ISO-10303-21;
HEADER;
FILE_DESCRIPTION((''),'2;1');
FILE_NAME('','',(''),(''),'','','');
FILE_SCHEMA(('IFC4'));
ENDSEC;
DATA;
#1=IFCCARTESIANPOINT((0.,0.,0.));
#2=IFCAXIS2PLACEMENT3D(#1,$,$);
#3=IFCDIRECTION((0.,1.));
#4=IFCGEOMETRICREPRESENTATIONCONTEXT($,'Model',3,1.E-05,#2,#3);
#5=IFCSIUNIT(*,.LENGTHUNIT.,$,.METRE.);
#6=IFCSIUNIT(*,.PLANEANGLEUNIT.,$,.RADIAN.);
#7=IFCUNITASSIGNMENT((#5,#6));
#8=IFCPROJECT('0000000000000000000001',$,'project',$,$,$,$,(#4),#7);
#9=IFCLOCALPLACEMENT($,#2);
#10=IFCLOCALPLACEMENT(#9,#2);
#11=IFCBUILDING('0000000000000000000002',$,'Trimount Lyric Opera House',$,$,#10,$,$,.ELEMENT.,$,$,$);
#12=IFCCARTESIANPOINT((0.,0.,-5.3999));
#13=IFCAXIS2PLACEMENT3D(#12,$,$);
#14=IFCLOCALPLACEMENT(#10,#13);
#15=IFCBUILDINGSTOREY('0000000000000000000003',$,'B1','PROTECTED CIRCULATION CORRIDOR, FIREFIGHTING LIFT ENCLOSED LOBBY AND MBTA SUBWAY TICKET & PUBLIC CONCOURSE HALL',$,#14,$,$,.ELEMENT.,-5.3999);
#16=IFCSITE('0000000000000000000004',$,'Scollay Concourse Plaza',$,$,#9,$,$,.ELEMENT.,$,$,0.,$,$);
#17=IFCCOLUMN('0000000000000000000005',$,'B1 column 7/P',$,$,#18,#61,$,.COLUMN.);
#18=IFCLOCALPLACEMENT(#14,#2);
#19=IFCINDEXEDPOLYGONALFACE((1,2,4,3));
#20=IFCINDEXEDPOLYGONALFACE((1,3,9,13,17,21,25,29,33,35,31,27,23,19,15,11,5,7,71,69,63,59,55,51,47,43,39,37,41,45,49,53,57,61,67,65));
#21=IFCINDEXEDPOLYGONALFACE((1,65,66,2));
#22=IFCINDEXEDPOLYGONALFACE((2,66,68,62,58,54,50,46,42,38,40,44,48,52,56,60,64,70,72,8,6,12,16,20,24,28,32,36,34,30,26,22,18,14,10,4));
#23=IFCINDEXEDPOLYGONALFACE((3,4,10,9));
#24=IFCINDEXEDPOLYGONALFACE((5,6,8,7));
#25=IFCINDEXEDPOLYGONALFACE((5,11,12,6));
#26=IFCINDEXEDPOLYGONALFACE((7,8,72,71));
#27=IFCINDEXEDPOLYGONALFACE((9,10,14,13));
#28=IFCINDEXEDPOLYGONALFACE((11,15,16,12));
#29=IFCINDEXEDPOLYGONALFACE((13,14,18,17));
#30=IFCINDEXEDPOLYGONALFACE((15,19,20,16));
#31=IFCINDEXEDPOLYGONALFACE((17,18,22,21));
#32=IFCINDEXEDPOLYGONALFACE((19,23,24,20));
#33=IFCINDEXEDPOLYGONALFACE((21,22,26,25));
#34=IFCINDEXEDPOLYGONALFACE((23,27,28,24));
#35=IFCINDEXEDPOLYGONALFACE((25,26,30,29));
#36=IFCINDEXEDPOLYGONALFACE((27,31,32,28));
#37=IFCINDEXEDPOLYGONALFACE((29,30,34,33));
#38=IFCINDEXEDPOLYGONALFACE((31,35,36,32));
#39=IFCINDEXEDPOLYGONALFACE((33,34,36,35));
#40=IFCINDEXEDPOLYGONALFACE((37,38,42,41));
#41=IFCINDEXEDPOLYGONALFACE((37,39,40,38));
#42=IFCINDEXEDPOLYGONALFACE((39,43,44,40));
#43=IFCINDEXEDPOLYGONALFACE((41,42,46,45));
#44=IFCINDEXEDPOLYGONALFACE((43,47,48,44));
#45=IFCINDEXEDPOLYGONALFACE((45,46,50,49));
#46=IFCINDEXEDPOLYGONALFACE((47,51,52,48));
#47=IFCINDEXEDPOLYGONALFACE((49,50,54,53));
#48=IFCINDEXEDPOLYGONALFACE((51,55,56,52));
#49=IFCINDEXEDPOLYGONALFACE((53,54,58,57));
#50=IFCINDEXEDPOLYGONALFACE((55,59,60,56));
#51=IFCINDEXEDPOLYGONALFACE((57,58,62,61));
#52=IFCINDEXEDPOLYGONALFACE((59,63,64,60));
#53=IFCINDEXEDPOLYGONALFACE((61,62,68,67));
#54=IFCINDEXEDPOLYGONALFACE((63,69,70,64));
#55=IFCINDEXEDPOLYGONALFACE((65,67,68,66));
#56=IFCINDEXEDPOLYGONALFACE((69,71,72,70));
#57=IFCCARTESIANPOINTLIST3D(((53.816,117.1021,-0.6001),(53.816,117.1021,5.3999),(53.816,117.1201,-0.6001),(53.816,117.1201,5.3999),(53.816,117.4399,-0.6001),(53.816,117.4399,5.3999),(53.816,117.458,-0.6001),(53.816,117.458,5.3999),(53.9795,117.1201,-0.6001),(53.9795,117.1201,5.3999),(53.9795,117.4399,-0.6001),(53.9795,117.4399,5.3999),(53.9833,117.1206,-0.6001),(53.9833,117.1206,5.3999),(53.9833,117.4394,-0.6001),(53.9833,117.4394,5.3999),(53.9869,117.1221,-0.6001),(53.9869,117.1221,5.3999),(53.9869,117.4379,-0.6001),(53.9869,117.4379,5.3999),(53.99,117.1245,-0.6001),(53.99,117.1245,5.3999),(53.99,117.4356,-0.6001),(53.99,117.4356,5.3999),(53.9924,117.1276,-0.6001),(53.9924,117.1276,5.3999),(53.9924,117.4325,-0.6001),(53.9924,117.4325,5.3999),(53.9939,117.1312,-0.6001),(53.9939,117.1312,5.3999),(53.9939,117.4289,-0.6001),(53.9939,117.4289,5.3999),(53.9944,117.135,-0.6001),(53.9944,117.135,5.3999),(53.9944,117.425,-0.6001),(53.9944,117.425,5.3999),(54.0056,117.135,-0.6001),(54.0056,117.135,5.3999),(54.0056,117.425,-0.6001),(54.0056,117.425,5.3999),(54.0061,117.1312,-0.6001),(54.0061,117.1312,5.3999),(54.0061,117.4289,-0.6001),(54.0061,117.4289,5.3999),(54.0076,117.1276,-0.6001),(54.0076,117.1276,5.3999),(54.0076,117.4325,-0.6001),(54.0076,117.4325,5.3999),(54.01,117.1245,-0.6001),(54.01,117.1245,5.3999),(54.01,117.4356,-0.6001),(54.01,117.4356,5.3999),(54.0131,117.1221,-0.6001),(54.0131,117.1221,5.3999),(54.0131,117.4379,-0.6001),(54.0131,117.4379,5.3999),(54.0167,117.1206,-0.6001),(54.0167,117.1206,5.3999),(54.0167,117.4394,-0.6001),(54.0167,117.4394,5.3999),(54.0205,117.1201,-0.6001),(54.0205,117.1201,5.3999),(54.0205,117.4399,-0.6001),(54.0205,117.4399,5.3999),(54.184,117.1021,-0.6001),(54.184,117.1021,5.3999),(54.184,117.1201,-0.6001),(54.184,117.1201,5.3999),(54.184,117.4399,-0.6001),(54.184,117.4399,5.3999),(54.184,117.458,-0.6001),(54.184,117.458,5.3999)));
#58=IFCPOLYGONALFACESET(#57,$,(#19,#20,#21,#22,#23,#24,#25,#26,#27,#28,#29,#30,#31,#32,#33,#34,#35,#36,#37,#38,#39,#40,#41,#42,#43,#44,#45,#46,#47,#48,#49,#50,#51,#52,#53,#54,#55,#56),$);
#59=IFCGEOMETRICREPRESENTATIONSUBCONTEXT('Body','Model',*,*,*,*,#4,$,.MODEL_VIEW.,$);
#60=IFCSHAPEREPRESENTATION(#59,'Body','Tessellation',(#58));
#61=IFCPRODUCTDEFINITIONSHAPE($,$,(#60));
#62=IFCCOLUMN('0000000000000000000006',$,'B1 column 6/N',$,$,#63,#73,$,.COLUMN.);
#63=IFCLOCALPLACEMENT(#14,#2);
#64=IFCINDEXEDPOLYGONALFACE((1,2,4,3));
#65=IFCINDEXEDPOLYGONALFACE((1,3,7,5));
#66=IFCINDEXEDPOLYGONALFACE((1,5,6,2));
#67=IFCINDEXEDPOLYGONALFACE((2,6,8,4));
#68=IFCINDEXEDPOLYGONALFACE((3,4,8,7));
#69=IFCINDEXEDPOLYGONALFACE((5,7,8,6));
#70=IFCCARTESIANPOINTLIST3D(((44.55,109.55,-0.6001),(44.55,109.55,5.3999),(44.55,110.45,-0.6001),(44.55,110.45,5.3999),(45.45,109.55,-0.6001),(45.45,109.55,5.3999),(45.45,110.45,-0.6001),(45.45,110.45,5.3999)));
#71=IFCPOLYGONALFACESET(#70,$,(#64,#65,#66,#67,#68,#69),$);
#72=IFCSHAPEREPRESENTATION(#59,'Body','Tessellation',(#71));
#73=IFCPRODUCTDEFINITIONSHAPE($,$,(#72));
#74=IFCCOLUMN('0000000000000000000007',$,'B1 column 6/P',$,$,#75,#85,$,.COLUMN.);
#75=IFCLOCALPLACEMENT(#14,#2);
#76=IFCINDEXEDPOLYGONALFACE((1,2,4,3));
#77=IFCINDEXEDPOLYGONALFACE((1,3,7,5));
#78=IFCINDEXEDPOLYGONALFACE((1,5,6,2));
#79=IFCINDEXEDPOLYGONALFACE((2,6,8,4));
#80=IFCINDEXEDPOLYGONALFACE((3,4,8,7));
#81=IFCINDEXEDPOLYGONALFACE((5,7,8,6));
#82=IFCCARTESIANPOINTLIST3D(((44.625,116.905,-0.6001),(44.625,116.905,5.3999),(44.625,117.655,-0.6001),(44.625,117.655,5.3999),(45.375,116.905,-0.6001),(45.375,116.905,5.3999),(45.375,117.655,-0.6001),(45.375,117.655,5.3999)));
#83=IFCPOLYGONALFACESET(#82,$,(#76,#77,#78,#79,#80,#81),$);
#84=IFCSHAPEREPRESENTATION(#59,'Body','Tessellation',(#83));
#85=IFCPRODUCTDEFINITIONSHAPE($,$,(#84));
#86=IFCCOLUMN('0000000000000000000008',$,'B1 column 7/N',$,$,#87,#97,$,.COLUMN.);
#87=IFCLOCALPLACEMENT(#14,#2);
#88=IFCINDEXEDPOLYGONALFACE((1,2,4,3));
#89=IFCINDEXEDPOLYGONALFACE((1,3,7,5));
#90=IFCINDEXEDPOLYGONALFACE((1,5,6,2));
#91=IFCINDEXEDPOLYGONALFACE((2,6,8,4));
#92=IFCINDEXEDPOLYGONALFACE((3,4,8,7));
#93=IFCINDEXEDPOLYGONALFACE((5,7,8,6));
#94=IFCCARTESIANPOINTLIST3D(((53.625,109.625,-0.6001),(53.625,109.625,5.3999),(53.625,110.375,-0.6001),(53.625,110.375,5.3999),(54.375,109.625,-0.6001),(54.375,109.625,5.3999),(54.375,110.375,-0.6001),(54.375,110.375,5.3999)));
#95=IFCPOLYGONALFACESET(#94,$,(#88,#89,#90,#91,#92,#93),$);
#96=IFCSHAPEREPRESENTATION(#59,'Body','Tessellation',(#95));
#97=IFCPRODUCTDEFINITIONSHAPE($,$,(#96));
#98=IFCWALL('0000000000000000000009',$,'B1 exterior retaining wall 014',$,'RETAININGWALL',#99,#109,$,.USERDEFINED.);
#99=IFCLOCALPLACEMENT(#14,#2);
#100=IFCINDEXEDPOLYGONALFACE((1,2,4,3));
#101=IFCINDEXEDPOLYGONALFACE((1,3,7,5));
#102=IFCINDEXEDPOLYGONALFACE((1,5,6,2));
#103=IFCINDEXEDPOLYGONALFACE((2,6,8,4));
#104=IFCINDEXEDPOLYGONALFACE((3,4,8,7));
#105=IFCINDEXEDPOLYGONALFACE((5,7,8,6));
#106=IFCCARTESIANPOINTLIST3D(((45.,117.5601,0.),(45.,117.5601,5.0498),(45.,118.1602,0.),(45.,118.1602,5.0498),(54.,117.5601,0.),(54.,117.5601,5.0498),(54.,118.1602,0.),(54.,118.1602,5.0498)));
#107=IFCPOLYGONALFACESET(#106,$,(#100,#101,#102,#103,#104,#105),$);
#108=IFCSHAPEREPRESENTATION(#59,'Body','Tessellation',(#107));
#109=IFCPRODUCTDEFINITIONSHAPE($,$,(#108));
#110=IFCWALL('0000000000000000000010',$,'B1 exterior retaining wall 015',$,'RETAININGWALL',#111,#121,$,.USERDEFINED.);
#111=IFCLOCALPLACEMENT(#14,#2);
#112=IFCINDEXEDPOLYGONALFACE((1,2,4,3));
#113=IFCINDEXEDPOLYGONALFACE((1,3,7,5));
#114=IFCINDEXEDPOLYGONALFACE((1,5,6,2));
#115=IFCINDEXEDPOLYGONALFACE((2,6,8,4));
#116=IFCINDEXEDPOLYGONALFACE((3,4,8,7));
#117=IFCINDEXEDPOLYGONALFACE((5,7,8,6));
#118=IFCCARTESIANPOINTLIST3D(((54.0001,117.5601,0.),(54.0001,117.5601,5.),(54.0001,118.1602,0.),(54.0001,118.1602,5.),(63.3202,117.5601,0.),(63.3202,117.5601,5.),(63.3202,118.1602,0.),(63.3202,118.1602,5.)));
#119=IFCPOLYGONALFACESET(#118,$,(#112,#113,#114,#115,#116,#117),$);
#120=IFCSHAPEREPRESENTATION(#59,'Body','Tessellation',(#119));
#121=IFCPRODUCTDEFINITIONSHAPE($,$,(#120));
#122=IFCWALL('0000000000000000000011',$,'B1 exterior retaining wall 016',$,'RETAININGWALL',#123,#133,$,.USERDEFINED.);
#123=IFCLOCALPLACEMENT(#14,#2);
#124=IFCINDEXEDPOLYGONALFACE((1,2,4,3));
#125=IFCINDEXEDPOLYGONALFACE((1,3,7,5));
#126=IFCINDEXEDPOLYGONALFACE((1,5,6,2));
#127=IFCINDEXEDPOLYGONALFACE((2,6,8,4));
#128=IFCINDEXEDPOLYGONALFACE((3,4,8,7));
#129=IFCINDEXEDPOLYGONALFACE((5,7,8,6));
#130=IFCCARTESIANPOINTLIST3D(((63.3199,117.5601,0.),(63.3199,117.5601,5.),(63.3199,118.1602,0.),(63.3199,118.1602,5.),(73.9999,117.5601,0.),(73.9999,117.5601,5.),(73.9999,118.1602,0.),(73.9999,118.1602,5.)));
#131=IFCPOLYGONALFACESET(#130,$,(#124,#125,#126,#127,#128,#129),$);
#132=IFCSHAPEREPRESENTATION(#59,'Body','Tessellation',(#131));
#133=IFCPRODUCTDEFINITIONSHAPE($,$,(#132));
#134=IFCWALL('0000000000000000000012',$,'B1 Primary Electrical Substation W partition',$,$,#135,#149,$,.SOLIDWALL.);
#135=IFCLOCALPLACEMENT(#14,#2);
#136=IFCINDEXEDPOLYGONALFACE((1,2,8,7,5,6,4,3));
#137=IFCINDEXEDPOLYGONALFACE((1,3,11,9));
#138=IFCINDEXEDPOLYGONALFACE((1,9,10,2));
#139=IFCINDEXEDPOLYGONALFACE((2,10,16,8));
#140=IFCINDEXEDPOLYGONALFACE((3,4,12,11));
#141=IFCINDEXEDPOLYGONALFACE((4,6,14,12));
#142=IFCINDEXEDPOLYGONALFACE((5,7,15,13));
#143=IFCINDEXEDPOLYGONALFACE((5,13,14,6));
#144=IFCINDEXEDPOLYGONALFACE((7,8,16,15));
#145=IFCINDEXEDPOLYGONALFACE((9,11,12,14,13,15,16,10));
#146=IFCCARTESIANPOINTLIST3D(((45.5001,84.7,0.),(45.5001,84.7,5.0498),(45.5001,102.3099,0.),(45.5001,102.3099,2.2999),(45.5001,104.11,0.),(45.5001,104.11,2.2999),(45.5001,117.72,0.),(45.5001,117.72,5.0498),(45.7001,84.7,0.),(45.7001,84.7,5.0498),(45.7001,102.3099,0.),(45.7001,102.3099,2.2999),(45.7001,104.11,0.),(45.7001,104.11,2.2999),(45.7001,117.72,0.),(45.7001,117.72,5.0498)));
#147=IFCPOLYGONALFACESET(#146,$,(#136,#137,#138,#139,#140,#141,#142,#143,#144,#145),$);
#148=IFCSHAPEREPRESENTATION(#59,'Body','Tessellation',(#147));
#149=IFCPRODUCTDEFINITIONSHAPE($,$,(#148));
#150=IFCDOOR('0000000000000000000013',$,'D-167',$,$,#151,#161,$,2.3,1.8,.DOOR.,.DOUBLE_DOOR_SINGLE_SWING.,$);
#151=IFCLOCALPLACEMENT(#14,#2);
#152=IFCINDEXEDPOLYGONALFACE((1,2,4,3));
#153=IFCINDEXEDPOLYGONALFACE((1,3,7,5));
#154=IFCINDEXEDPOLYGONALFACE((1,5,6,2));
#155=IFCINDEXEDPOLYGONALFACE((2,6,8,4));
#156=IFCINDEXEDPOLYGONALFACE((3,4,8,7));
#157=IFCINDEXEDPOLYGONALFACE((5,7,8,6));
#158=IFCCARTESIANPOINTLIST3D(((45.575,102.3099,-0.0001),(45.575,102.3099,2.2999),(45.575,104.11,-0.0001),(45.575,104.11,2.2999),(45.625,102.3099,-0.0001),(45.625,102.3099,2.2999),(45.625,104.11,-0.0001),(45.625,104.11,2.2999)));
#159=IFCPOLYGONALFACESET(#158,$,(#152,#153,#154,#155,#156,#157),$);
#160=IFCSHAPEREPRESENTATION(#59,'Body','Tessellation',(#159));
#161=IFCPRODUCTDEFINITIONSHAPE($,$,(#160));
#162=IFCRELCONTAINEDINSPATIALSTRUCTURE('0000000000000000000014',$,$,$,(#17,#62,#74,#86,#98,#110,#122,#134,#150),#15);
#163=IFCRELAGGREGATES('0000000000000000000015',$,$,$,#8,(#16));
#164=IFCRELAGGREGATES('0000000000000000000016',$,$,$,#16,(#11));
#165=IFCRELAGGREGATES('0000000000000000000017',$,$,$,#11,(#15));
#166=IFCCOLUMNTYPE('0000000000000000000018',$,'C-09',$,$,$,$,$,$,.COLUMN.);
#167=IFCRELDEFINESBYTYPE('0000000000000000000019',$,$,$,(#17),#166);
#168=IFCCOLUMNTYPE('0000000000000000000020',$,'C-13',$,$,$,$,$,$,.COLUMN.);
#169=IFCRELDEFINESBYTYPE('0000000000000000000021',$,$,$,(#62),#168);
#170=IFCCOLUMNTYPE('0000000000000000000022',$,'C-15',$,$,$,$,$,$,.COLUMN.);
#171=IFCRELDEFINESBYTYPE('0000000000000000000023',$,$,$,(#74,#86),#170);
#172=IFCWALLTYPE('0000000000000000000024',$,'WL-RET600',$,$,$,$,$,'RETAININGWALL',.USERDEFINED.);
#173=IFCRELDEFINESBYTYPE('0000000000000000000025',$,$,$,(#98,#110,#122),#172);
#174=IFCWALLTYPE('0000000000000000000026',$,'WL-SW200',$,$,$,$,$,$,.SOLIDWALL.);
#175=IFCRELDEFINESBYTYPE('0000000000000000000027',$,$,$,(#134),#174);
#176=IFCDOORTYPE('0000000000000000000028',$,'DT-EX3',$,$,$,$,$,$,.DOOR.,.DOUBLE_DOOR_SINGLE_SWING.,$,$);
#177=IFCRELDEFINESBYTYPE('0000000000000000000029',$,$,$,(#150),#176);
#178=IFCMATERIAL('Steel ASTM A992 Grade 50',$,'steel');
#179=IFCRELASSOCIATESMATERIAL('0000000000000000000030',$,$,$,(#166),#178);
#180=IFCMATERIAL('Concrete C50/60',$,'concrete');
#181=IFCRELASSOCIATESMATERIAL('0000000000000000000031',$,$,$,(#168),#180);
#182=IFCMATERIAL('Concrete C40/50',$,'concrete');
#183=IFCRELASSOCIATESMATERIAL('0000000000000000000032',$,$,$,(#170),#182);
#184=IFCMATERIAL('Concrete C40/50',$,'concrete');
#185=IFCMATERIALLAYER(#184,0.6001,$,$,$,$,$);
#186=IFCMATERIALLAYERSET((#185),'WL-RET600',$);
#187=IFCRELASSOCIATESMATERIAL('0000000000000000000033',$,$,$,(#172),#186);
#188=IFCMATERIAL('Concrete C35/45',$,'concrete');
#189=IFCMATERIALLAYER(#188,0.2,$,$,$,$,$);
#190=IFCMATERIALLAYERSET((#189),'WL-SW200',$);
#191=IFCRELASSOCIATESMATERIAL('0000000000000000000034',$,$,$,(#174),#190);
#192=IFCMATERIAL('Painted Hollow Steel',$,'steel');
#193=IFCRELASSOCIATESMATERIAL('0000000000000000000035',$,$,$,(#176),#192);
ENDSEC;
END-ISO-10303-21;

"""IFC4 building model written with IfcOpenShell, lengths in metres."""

from ifc_helpers import new_model, si_unit, direction, frame, frame_2d, origin, origin_2d, place, context, subcontext, project, spatial, rectangle, i_section, extrude, material, layer, layer_set, material_profile, profile_set, type_object, element, fill, save


model = new_model("IFC4")

# Units and contexts
model_context = context("Model", 3, precision=1e-05, world=origin(), true_north=direction((0.0, 1.0)))
body_context = subcontext(model_context, "Body", "Model", "MODEL_VIEW")
ifc_project = project(units=[si_unit("LENGTHUNIT", "METRE"), si_unit("PLANEANGLEUNIT", "RADIAN")], contexts=[model_context])

# Site, building, storey
site_placement = place(None, origin())
site = spatial("IfcSite", under=ifc_project, at=site_placement, Name="Scollay Concourse Plaza", CompositionType="ELEMENT", RefElevation=0.0)
building_placement = place(site_placement, origin())
building = spatial("IfcBuilding", under=site, at=building_placement, Name="Trimount Lyric Opera House", CompositionType="ELEMENT")
storey_placement = place(building_placement, frame((0.0, 0.0, -5.3999)))
storey = spatial("IfcBuildingStorey", under=building, at=storey_placement, Name="B1", Description="PROTECTED CIRCULATION CORRIDOR, FIREFIGHTING LIFT ENCLOSED LOBBY AND MBTA SUBWAY TICKET & PUBLIC CONCOURSE HALL", CompositionType="ELEMENT", Elevation=-5.3999)

# Columns
ifc_material_1 = material(Name="Steel ASTM A992 Grade 50", Category="steel")
ifc_material_profile_1 = material_profile(ifc_material_1, i_section(OverallWidth=0.3679, OverallDepth=0.356, WebThickness=0.0112, FlangeThickness=0.0181, FilletRadius=0.0149, at=origin_2d()), Name="W14X90")
ifc_profile_set_1 = profile_set([ifc_material_profile_1], Name="Steel ASTM A992 Grade 50")
column_type_1 = type_object("IfcColumnType", Name="C-09", PredefinedType="COLUMN", material=ifc_profile_set_1)
column_1_placement = place(storey_placement, frame((54.0, 117.28, -0.6001), z_axis=(0.0, 0.0, 1.0), x_axis=(1.0, 0.0, 0.0)))
element("IfcColumn", 1, at=column_1_placement, inside=storey, type_object=column_type_1, Name="B1 column 7/P", PredefinedType="COLUMN", context=body_context, shape_type="SweptSolid", body=[
    extrude(i_section(OverallWidth=0.3679, OverallDepth=0.356, WebThickness=0.0112, FlangeThickness=0.0181, FilletRadius=0.0149, at=origin_2d()), origin(), (0.0, 0.0, 1.0), 6.0),
])
ifc_material_2 = material(Name="Concrete C50/60", Category="concrete")
ifc_material_profile_2 = material_profile(ifc_material_2, rectangle(XDim=0.8999, YDim=0.8999, at=origin_2d()), Name="RC900X900")
ifc_profile_set_2 = profile_set([ifc_material_profile_2], Name="Concrete C50/60")
column_type_2 = type_object("IfcColumnType", Name="C-13", PredefinedType="COLUMN", material=ifc_profile_set_2)
column_2_placement = place(storey_placement, frame((45.0, 110.0, -0.6001), z_axis=(0.0, 0.0, 1.0), x_axis=(1.0, 0.0, 0.0)))
element("IfcColumn", 2, at=column_2_placement, inside=storey, type_object=column_type_2, Name="B1 column 6/N", PredefinedType="COLUMN", context=body_context, shape_type="SweptSolid", body=[
    extrude(rectangle(XDim=0.8999, YDim=0.8999, at=origin_2d()), origin(), (0.0, 0.0, 1.0), 6.0),
])
ifc_material_3 = material(Name="Concrete C40/50", Category="concrete")
ifc_material_profile_3 = material_profile(ifc_material_3, rectangle(XDim=0.75, YDim=0.75, at=origin_2d()), Name="RC750X750")
ifc_profile_set_3 = profile_set([ifc_material_profile_3], Name="Concrete C40/50")
column_type_3 = type_object("IfcColumnType", Name="C-15", PredefinedType="COLUMN", material=ifc_profile_set_3)
for number, where, z_axis, x_axis, name in (
    (3, (45.0, 117.28, -0.6001), (0.0, 0.0, 1.0), (1.0, 0.0, 0.0), "B1 column 6/P"),
    (4, (54.0, 110.0, -0.6001), (0.0, 0.0, 1.0), (1.0, 0.0, 0.0), "B1 column 7/N"),
):
    element("IfcColumn", number, at=place(storey_placement, frame(where, z_axis=z_axis, x_axis=x_axis)), inside=storey, type_object=column_type_3, Name=name, PredefinedType="COLUMN", context=body_context, shape_type="SweptSolid", body=[
        extrude(rectangle(XDim=0.75, YDim=0.75, at=origin_2d()), origin(), (0.0, 0.0, 1.0), 6.0),
    ])

# Walls
ifc_material_4 = material(Name="Concrete C40/50", Category="concrete")
ifc_layer_1 = layer(ifc_material_4, 0.6001)
ifc_layer_set_1 = layer_set([ifc_layer_1], Name="WL-RET600")
wall_type_1 = type_object("IfcWallType", Name="WL-RET600", ElementType="RETAININGWALL", PredefinedType="USERDEFINED", material=ifc_layer_set_1)
wall_1_placement = place(storey_placement, frame((45.0, 117.8601, 0.0), z_axis=(0.0, 0.0, 1.0), x_axis=(1.0, 0.0, 0.0)))
element("IfcWall", 5, at=wall_1_placement, inside=storey, type_object=wall_type_1, Name="B1 exterior retaining wall 014", ObjectType="RETAININGWALL", PredefinedType="USERDEFINED", context=body_context, shape_type="SweptSolid", body=[
    extrude(rectangle(XDim=9.0, YDim=0.6001, at=frame_2d((4.5, 0.0))), origin(), (0.0, 0.0, 1.0), 5.0498),
])
wall_2_placement = place(storey_placement, frame((54.0, 117.8601, 0.0), z_axis=(0.0, 0.0, 1.0), x_axis=(1.0, 0.0, 0.0)))
element("IfcWall", 6, at=wall_2_placement, inside=storey, type_object=wall_type_1, Name="B1 exterior retaining wall 015", ObjectType="RETAININGWALL", PredefinedType="USERDEFINED", context=body_context, shape_type="SweptSolid", body=[
    extrude(rectangle(XDim=9.3201, YDim=0.6001, at=frame_2d((4.6602, 0.0))), origin(), (0.0, 0.0, 1.0), 5.0),
])
wall_3_placement = place(storey_placement, frame((63.3201, 117.8601, 0.0), z_axis=(0.0, 0.0, 1.0), x_axis=(1.0, 0.0, 0.0)))
element("IfcWall", 7, at=wall_3_placement, inside=storey, type_object=wall_type_1, Name="B1 exterior retaining wall 016", ObjectType="RETAININGWALL", PredefinedType="USERDEFINED", context=body_context, shape_type="SweptSolid", body=[
    extrude(rectangle(XDim=10.6799, YDim=0.6001, at=frame_2d((5.3398, 0.0))), origin(), (0.0, 0.0, 1.0), 5.0),
])

# Wall, opening, door
ifc_material_5 = material(Name="Concrete C35/45", Category="concrete")
ifc_layer_2 = layer(ifc_material_5, 0.2)
ifc_layer_set_2 = layer_set([ifc_layer_2], Name="WL-SW200")
wall_type_2 = type_object("IfcWallType", Name="WL-SW200", PredefinedType="SOLIDWALL", material=ifc_layer_set_2)
wall_4_placement = place(storey_placement, frame((45.6001, 117.72, 0.0), z_axis=(0.0, 0.0, 1.0), x_axis=(0.0, -1.0, 0.0)))
wall_4 = element("IfcWall", 8, at=wall_4_placement, inside=storey, type_object=wall_type_2, Name="B1 Primary Electrical Substation W partition", PredefinedType="SOLIDWALL", context=body_context, shape_type="SweptSolid", body=[
    extrude(rectangle(XDim=33.02, YDim=0.2, at=frame_2d((16.51, 0.0))), origin(), (0.0, 0.0, 1.0), 5.0498),
])
opening_placement = place(wall_4_placement, frame((13.6101, 0.0, 0.0)))
opening = element("IfcOpeningElement", 9, at=opening_placement, cuts=wall_4, PredefinedType="OPENING", context=body_context, shape_type="SweptSolid", body=[
    extrude(rectangle(XDim=1.8, YDim=2.3, at=frame_2d((0.8999, 1.1499))), frame((0.0, 0.1099, 0.0), z_axis=(0.0, -1.0, 0.0), x_axis=(1.0, 0.0, 0.0)), (0.0, 0.0, 1.0), 0.22),
])
ifc_material_6 = material(Name="Painted Hollow Steel", Category="steel")
door_type = type_object("IfcDoorType", Name="DT-EX3", OperationType="DOUBLE_DOOR_SINGLE_SWING", PredefinedType="DOOR", material=ifc_material_6)
door_placement = place(opening_placement, origin())
door = element("IfcDoor", 10, at=door_placement, inside=storey, type_object=door_type, Name="D-167", OperationType="DOUBLE_DOOR_SINGLE_SWING", OverallHeight=2.3, OverallWidth=1.8, PredefinedType="DOOR", context=body_context, shape_type="SweptSolid", body=[
    extrude(rectangle(XDim=1.8, YDim=2.3, at=frame_2d((0.8999, 1.1499))), frame((0.0, 0.0249, 0.0), z_axis=(0.0, -1.0, 0.0), x_axis=(1.0, 0.0, 0.0)), (0.0, 0.0, 1.0), 0.05),
])
fill(opening, door)

save(model, "model.ifc")
